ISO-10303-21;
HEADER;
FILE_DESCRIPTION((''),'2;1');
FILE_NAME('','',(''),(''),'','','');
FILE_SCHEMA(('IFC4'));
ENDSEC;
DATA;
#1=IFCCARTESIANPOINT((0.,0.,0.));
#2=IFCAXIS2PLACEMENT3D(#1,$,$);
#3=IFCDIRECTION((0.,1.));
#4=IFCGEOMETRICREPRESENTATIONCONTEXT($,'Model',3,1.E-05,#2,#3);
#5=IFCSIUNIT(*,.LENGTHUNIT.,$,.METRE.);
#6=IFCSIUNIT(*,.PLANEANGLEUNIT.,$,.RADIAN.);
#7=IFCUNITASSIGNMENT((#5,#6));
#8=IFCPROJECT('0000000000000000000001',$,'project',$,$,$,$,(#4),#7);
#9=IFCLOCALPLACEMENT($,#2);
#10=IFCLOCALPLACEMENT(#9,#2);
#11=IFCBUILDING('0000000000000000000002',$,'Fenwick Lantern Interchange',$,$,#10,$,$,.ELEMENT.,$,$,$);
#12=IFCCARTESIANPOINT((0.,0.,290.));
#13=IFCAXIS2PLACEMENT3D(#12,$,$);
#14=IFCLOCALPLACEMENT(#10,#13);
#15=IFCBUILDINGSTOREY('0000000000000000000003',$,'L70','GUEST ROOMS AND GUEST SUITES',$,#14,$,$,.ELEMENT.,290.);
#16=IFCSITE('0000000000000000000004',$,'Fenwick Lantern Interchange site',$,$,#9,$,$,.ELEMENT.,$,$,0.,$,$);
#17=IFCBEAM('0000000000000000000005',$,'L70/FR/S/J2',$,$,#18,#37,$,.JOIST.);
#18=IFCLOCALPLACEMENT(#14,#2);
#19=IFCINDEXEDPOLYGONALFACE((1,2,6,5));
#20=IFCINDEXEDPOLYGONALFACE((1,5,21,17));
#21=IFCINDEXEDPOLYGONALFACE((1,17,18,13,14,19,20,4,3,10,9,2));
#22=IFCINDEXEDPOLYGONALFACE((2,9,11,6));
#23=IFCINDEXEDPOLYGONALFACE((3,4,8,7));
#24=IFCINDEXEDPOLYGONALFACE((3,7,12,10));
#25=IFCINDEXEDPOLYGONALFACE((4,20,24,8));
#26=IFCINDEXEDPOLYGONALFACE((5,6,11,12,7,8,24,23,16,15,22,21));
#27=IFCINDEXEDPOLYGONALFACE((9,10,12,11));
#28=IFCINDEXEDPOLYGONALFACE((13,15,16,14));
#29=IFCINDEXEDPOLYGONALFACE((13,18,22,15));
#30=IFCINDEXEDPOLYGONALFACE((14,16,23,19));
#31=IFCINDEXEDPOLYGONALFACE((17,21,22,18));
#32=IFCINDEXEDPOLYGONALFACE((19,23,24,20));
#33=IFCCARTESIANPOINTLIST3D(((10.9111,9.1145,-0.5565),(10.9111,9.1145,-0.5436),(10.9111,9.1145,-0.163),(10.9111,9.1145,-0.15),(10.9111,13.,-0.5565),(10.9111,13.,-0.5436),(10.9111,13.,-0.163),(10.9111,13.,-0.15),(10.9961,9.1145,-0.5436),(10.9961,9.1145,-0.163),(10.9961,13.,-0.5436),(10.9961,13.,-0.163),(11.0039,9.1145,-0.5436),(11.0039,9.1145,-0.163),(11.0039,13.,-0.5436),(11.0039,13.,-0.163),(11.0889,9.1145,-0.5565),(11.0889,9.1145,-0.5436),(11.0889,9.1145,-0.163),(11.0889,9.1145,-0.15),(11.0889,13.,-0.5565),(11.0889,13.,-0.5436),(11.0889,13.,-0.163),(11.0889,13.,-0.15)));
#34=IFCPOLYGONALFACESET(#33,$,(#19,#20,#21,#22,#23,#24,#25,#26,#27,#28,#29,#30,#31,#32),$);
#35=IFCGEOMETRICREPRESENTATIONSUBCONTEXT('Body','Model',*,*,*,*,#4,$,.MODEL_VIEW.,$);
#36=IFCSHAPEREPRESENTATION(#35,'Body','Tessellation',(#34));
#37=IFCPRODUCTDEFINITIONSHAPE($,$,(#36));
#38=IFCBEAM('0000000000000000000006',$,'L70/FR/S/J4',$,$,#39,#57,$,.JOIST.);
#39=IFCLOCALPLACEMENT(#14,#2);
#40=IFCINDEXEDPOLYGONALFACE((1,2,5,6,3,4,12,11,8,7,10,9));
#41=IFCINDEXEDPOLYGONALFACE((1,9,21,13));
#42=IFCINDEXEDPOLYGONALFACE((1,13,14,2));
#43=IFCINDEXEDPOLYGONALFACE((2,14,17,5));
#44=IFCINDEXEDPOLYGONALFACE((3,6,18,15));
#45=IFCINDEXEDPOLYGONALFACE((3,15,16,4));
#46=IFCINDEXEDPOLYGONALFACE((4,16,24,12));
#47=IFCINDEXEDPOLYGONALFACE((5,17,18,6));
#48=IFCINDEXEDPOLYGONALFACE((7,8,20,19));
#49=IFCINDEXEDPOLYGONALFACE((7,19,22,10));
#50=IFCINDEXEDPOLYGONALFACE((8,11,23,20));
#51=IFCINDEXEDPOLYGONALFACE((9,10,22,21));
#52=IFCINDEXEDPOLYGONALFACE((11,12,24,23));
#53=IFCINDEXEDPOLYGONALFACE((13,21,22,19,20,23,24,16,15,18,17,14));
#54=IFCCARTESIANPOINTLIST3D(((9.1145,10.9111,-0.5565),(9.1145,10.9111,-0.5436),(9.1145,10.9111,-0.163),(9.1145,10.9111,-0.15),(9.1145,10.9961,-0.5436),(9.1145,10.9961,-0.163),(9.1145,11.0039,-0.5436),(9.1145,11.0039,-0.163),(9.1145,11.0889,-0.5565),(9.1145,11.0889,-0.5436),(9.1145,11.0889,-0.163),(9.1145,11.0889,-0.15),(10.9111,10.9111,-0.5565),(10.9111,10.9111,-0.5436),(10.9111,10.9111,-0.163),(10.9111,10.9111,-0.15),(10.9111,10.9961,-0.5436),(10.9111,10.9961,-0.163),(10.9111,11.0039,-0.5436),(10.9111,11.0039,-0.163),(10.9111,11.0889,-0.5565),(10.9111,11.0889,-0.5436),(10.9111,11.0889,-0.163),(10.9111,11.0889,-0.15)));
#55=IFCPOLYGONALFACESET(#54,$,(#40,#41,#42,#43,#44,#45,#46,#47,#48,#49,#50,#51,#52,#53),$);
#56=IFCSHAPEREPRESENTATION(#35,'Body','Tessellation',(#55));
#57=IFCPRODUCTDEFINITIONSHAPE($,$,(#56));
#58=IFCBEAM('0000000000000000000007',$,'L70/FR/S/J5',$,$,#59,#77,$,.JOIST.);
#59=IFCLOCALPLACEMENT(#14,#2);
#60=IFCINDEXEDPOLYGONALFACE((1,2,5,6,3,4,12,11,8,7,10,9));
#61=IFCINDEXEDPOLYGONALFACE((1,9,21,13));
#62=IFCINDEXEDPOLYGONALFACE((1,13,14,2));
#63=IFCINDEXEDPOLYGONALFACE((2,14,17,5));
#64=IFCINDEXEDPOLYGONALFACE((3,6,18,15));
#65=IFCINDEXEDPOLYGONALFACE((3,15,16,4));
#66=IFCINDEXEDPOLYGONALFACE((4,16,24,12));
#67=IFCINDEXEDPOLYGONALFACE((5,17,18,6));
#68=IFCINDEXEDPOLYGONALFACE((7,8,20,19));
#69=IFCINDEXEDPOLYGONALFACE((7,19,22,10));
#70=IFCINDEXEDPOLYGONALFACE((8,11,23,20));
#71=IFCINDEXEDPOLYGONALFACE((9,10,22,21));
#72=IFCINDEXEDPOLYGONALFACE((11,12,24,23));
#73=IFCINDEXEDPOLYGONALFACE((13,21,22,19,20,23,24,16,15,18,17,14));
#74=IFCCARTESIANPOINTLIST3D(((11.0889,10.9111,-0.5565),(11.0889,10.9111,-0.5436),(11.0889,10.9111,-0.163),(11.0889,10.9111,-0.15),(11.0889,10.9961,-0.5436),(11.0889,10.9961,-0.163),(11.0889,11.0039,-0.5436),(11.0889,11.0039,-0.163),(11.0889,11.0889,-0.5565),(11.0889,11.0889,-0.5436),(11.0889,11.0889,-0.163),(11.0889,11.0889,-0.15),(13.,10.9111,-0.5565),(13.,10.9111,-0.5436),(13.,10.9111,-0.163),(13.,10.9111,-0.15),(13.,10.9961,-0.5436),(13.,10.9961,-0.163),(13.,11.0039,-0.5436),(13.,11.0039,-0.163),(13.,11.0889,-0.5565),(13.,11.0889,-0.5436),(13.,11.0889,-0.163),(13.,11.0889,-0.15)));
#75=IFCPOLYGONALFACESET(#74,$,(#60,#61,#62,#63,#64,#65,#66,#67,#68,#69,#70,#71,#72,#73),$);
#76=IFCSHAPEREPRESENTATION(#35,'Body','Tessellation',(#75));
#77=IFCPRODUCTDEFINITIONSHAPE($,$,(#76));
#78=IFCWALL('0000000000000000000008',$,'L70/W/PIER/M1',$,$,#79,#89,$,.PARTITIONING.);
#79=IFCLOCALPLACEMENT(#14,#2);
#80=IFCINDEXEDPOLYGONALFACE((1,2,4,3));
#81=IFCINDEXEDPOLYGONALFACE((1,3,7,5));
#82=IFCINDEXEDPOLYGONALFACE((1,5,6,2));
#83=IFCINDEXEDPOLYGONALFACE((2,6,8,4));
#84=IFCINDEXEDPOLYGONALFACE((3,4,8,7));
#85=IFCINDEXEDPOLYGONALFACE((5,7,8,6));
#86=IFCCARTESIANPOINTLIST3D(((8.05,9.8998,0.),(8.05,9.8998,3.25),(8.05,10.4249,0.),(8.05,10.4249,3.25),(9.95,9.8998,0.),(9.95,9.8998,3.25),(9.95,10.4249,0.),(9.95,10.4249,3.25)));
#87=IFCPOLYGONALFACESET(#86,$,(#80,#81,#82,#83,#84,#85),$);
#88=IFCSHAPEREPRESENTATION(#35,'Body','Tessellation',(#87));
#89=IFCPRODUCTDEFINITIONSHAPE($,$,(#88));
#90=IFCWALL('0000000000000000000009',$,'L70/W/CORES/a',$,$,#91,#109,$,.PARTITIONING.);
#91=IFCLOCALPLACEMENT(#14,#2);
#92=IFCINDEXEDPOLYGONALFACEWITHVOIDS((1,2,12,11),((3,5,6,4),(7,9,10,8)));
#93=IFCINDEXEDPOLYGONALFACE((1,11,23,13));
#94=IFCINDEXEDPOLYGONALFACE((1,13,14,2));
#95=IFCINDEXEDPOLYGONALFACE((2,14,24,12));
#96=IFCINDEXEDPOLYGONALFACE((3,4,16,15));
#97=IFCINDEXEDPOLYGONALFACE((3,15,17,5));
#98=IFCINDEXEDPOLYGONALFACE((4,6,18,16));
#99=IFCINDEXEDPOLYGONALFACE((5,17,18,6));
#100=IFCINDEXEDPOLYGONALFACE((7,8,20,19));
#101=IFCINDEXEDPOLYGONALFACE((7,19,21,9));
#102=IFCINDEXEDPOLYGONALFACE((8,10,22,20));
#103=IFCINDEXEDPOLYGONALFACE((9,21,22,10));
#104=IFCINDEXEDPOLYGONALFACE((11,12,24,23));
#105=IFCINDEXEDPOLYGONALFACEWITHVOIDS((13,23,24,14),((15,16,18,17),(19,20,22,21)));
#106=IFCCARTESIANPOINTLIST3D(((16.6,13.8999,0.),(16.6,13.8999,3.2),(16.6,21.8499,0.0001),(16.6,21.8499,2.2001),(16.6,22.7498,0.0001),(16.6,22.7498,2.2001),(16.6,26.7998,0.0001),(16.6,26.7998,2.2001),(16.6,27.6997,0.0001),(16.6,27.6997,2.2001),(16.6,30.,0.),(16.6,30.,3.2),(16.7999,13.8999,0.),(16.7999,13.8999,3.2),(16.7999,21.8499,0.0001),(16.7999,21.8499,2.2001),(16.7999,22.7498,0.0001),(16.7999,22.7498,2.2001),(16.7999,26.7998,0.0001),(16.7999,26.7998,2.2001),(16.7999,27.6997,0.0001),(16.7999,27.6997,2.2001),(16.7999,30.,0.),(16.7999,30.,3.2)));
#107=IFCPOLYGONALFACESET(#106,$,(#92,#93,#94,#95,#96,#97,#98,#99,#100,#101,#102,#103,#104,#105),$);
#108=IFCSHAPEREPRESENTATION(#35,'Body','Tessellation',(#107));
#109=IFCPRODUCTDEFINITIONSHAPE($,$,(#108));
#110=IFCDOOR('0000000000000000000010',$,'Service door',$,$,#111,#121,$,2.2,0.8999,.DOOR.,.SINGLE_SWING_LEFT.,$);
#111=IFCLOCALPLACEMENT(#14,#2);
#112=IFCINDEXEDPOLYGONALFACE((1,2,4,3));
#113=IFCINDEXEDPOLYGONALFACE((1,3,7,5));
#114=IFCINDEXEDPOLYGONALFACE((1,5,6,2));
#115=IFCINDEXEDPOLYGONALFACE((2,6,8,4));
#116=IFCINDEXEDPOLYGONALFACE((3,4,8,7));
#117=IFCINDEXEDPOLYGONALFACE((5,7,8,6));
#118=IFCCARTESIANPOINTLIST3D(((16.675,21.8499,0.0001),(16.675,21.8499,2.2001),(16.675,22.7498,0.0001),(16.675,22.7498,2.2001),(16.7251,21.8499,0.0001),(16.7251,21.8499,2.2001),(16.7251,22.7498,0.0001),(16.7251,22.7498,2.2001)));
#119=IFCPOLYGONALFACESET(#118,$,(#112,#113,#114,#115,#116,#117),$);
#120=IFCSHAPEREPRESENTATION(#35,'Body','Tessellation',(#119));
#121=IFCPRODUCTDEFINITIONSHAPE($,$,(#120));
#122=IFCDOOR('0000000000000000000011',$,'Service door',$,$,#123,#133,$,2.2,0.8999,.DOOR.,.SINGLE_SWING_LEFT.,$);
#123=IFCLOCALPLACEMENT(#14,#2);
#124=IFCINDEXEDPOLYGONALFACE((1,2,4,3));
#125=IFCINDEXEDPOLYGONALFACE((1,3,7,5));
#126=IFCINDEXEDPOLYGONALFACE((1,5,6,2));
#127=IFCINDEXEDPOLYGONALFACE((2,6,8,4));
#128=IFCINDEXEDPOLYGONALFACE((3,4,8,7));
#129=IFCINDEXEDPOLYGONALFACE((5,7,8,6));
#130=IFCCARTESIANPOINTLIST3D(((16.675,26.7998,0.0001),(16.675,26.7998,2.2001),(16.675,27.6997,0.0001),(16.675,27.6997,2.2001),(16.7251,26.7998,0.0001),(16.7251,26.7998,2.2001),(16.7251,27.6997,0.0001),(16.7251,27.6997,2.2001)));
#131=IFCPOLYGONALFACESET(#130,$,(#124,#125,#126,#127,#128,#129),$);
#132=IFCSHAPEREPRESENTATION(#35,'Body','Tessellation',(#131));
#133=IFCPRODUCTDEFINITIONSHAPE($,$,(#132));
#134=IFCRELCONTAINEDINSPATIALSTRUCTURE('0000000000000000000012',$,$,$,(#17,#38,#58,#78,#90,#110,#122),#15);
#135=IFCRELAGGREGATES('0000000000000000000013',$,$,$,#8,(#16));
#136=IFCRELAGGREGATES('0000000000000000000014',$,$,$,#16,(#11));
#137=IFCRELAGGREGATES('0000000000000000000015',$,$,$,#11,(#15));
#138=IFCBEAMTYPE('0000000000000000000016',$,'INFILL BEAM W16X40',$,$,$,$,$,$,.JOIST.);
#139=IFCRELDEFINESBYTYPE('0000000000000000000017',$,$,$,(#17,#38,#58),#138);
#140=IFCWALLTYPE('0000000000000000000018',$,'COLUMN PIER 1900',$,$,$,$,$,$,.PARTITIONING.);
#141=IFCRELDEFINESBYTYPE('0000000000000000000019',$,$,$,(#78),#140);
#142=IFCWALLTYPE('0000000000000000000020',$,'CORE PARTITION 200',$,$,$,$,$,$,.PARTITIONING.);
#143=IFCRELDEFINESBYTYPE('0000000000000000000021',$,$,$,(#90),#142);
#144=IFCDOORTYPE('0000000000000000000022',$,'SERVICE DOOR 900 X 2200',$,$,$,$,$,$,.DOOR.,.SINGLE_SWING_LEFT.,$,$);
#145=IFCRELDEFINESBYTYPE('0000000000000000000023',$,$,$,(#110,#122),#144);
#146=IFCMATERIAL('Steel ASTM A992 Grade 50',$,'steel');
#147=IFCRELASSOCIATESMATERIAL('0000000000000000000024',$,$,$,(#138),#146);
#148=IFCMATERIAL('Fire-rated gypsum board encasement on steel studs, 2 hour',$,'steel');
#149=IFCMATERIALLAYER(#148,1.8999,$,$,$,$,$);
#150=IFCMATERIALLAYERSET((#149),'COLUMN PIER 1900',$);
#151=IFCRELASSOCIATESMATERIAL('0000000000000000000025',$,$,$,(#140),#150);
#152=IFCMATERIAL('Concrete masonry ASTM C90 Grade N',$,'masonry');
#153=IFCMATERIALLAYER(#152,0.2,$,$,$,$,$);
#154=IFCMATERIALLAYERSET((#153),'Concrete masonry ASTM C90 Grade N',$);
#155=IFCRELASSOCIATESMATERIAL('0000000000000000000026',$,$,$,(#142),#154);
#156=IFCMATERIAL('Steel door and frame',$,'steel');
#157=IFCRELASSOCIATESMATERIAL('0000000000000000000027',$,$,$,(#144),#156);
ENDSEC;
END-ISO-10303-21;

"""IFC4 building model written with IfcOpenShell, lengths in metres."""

from ifc_helpers import new_model, si_unit, direction, frame, frame_2d, origin, origin_2d, place, context, subcontext, project, spatial, rectangle, i_section, extrude, material, layer, layer_set, material_profile, profile_set, type_object, element, fill, save


model = new_model("IFC4")

# Units and contexts
model_context = context("Model", 3, precision=1e-05, world=origin(), true_north=direction((0.0, 1.0)))
body_context = subcontext(model_context, "Body", "Model", "MODEL_VIEW")
ifc_project = project(units=[si_unit("LENGTHUNIT", "METRE"), si_unit("PLANEANGLEUNIT", "RADIAN")], contexts=[model_context])

# Site, building, storey
site_placement = place(None, origin())
site = spatial("IfcSite", under=ifc_project, at=site_placement, Name="Fenwick Lantern Interchange site", CompositionType="ELEMENT", RefElevation=0.0)
building_placement = place(site_placement, origin())
building = spatial("IfcBuilding", under=site, at=building_placement, Name="Fenwick Lantern Interchange", CompositionType="ELEMENT")
storey_placement = place(building_placement, frame((0.0, 0.0, 290.0)))
storey = spatial("IfcBuildingStorey", under=building, at=storey_placement, Name="L70", Description="GUEST ROOMS AND GUEST SUITES", CompositionType="ELEMENT", Elevation=290.0)

# Beams
ifc_material_1 = material(Name="Steel ASTM A992 Grade 50", Category="steel")
ifc_material_profile = material_profile(ifc_material_1, i_section(OverallWidth=0.1777, OverallDepth=0.4065, WebThickness=0.0078, FlangeThickness=0.0129, at=origin_2d()), Name="W16X40")
ifc_profile_set = profile_set([ifc_material_profile], Name="Steel ASTM A992 Grade 50")
beam_type = type_object("IfcBeamType", Name="INFILL BEAM W16X40", PredefinedType="JOIST", material=ifc_profile_set)
beam_1_placement = place(storey_placement, frame((11.0, 9.1145, -0.3533), z_axis=(0.0, 1.0, 0.0), x_axis=(-1.0, 0.0, 0.0)))
element("IfcBeam", 1, at=beam_1_placement, inside=storey, type_object=beam_type, Name="L70/FR/S/J2", PredefinedType="JOIST", context=body_context, shape_type="SweptSolid", body=[
    extrude(i_section(OverallWidth=0.1777, OverallDepth=0.4065, WebThickness=0.0078, FlangeThickness=0.0129, at=origin_2d()), origin(), (0.0, 0.0, 1.0), 3.8855),
])
beam_2_placement = place(storey_placement, frame((9.1145, 11.0, -0.3533), z_axis=(1.0, 0.0, 0.0), x_axis=(0.0, 1.0, 0.0)))
element("IfcBeam", 2, at=beam_2_placement, inside=storey, type_object=beam_type, Name="L70/FR/S/J4", PredefinedType="JOIST", context=body_context, shape_type="SweptSolid", body=[
    extrude(i_section(OverallWidth=0.1777, OverallDepth=0.4065, WebThickness=0.0078, FlangeThickness=0.0129, at=origin_2d()), origin(), (0.0, 0.0, 1.0), 1.7966),
])
beam_3_placement = place(storey_placement, frame((11.0889, 11.0, -0.3533), z_axis=(1.0, 0.0, 0.0), x_axis=(0.0, 1.0, 0.0)))
element("IfcBeam", 3, at=beam_3_placement, inside=storey, type_object=beam_type, Name="L70/FR/S/J5", PredefinedType="JOIST", context=body_context, shape_type="SweptSolid", body=[
    extrude(i_section(OverallWidth=0.1777, OverallDepth=0.4065, WebThickness=0.0078, FlangeThickness=0.0129, at=origin_2d()), origin(), (0.0, 0.0, 1.0), 1.9111),
])

# Wall
ifc_material_2 = material(Name="Fire-rated gypsum board encasement on steel studs, 2 hour", Category="steel")
ifc_layer_1 = layer(ifc_material_2, 1.8999)
ifc_layer_set_1 = layer_set([ifc_layer_1], Name="COLUMN PIER 1900")
wall_type_1 = type_object("IfcWallType", Name="COLUMN PIER 1900", PredefinedType="PARTITIONING", material=ifc_layer_set_1)
wall_1_placement = place(storey_placement, frame((9.0, 10.425, 0.0), z_axis=(0.0, 0.0, 1.0), x_axis=(0.0, -1.0, 0.0)))
element("IfcWall", 4, at=wall_1_placement, inside=storey, type_object=wall_type_1, Name="L70/W/PIER/M1", PredefinedType="PARTITIONING", context=body_context, shape_type="SweptSolid", body=[
    extrude(rectangle(XDim=0.5251, YDim=1.8999, at=frame_2d((0.2627, 0.0))), origin(), (0.0, 0.0, 1.0), 3.25),
])

# Wall, openings, doors
ifc_material_3 = material(Name="Concrete masonry ASTM C90 Grade N", Category="masonry")
ifc_layer_2 = layer(ifc_material_3, 0.2)
ifc_layer_set_2 = layer_set([ifc_layer_2], Name="Concrete masonry ASTM C90 Grade N")
wall_type_2 = type_object("IfcWallType", Name="CORE PARTITION 200", PredefinedType="PARTITIONING", material=ifc_layer_set_2)
wall_2_placement = place(storey_placement, frame((16.7, 13.8999, 0.0), z_axis=(0.0, 0.0, 1.0), x_axis=(0.0, 1.0, 0.0)))
wall_2 = element("IfcWall", 5, at=wall_2_placement, inside=storey, type_object=wall_type_2, Name="L70/W/CORES/a", PredefinedType="PARTITIONING", context=body_context, shape_type="SweptSolid", body=[
    extrude(rectangle(XDim=16.1001, YDim=0.2, at=frame_2d((8.05, 0.0))), origin(), (0.0, 0.0, 1.0), 3.2),
])
opening_1_placement = place(wall_2_placement, frame((7.95, 0.0, 0.0)))
opening_1 = element("IfcOpeningElement", 6, at=opening_1_placement, cuts=wall_2, PredefinedType="OPENING", context=body_context, shape_type="SweptSolid", body=[
    extrude(rectangle(XDim=0.8999, YDim=2.2, at=frame_2d((0.45, 1.1001))), frame((0.0, 0.1099, 0.0), z_axis=(0.0, -1.0, 0.0), x_axis=(1.0, 0.0, 0.0)), (0.0, 0.0, 1.0), 0.22),
])
opening_2_placement = place(wall_2_placement, frame((12.8999, 0.0, 0.0)))
opening_2 = element("IfcOpeningElement", 7, at=opening_2_placement, cuts=wall_2, PredefinedType="OPENING", context=body_context, shape_type="SweptSolid", body=[
    extrude(rectangle(XDim=0.8999, YDim=2.2, at=frame_2d((0.45, 1.1001))), frame((0.0, 0.1099, 0.0), z_axis=(0.0, -1.0, 0.0), x_axis=(1.0, 0.0, 0.0)), (0.0, 0.0, 1.0), 0.22),
])
ifc_material_4 = material(Name="Steel door and frame", Category="steel")
door_type_1 = type_object("IfcDoorType", Name="SERVICE DOOR 900 X 2200", OperationType="SINGLE_SWING_LEFT", PredefinedType="DOOR", material=ifc_material_4)
door_1_placement = place(opening_1_placement, origin())
door_1 = element("IfcDoor", 8, at=door_1_placement, inside=storey, type_object=door_type_1, Name="Service door", OperationType="SINGLE_SWING_LEFT", OverallHeight=2.2, OverallWidth=0.8999, PredefinedType="DOOR", context=body_context, shape_type="SweptSolid", body=[
    extrude(rectangle(XDim=0.8999, YDim=2.2, at=frame_2d((0.45, 1.1001))), frame((0.0, 0.0249, 0.0), z_axis=(0.0, -1.0, 0.0), x_axis=(1.0, 0.0, 0.0)), (0.0, 0.0, 1.0), 0.05),
])
fill(opening_1, door_1)
door_2_placement = place(opening_2_placement, origin())
door_2 = element("IfcDoor", 9, at=door_2_placement, inside=storey, type_object=door_type_1, Name="Service door", OperationType="SINGLE_SWING_LEFT", OverallHeight=2.2, OverallWidth=0.8999, PredefinedType="DOOR", context=body_context, shape_type="SweptSolid", body=[
    extrude(rectangle(XDim=0.8999, YDim=2.2, at=frame_2d((0.45, 1.1001))), frame((0.0, 0.0249, 0.0), z_axis=(0.0, -1.0, 0.0), x_axis=(1.0, 0.0, 0.0)), (0.0, 0.0, 1.0), 0.05),
])
fill(opening_2, door_2)

save(model, "model.ifc")
